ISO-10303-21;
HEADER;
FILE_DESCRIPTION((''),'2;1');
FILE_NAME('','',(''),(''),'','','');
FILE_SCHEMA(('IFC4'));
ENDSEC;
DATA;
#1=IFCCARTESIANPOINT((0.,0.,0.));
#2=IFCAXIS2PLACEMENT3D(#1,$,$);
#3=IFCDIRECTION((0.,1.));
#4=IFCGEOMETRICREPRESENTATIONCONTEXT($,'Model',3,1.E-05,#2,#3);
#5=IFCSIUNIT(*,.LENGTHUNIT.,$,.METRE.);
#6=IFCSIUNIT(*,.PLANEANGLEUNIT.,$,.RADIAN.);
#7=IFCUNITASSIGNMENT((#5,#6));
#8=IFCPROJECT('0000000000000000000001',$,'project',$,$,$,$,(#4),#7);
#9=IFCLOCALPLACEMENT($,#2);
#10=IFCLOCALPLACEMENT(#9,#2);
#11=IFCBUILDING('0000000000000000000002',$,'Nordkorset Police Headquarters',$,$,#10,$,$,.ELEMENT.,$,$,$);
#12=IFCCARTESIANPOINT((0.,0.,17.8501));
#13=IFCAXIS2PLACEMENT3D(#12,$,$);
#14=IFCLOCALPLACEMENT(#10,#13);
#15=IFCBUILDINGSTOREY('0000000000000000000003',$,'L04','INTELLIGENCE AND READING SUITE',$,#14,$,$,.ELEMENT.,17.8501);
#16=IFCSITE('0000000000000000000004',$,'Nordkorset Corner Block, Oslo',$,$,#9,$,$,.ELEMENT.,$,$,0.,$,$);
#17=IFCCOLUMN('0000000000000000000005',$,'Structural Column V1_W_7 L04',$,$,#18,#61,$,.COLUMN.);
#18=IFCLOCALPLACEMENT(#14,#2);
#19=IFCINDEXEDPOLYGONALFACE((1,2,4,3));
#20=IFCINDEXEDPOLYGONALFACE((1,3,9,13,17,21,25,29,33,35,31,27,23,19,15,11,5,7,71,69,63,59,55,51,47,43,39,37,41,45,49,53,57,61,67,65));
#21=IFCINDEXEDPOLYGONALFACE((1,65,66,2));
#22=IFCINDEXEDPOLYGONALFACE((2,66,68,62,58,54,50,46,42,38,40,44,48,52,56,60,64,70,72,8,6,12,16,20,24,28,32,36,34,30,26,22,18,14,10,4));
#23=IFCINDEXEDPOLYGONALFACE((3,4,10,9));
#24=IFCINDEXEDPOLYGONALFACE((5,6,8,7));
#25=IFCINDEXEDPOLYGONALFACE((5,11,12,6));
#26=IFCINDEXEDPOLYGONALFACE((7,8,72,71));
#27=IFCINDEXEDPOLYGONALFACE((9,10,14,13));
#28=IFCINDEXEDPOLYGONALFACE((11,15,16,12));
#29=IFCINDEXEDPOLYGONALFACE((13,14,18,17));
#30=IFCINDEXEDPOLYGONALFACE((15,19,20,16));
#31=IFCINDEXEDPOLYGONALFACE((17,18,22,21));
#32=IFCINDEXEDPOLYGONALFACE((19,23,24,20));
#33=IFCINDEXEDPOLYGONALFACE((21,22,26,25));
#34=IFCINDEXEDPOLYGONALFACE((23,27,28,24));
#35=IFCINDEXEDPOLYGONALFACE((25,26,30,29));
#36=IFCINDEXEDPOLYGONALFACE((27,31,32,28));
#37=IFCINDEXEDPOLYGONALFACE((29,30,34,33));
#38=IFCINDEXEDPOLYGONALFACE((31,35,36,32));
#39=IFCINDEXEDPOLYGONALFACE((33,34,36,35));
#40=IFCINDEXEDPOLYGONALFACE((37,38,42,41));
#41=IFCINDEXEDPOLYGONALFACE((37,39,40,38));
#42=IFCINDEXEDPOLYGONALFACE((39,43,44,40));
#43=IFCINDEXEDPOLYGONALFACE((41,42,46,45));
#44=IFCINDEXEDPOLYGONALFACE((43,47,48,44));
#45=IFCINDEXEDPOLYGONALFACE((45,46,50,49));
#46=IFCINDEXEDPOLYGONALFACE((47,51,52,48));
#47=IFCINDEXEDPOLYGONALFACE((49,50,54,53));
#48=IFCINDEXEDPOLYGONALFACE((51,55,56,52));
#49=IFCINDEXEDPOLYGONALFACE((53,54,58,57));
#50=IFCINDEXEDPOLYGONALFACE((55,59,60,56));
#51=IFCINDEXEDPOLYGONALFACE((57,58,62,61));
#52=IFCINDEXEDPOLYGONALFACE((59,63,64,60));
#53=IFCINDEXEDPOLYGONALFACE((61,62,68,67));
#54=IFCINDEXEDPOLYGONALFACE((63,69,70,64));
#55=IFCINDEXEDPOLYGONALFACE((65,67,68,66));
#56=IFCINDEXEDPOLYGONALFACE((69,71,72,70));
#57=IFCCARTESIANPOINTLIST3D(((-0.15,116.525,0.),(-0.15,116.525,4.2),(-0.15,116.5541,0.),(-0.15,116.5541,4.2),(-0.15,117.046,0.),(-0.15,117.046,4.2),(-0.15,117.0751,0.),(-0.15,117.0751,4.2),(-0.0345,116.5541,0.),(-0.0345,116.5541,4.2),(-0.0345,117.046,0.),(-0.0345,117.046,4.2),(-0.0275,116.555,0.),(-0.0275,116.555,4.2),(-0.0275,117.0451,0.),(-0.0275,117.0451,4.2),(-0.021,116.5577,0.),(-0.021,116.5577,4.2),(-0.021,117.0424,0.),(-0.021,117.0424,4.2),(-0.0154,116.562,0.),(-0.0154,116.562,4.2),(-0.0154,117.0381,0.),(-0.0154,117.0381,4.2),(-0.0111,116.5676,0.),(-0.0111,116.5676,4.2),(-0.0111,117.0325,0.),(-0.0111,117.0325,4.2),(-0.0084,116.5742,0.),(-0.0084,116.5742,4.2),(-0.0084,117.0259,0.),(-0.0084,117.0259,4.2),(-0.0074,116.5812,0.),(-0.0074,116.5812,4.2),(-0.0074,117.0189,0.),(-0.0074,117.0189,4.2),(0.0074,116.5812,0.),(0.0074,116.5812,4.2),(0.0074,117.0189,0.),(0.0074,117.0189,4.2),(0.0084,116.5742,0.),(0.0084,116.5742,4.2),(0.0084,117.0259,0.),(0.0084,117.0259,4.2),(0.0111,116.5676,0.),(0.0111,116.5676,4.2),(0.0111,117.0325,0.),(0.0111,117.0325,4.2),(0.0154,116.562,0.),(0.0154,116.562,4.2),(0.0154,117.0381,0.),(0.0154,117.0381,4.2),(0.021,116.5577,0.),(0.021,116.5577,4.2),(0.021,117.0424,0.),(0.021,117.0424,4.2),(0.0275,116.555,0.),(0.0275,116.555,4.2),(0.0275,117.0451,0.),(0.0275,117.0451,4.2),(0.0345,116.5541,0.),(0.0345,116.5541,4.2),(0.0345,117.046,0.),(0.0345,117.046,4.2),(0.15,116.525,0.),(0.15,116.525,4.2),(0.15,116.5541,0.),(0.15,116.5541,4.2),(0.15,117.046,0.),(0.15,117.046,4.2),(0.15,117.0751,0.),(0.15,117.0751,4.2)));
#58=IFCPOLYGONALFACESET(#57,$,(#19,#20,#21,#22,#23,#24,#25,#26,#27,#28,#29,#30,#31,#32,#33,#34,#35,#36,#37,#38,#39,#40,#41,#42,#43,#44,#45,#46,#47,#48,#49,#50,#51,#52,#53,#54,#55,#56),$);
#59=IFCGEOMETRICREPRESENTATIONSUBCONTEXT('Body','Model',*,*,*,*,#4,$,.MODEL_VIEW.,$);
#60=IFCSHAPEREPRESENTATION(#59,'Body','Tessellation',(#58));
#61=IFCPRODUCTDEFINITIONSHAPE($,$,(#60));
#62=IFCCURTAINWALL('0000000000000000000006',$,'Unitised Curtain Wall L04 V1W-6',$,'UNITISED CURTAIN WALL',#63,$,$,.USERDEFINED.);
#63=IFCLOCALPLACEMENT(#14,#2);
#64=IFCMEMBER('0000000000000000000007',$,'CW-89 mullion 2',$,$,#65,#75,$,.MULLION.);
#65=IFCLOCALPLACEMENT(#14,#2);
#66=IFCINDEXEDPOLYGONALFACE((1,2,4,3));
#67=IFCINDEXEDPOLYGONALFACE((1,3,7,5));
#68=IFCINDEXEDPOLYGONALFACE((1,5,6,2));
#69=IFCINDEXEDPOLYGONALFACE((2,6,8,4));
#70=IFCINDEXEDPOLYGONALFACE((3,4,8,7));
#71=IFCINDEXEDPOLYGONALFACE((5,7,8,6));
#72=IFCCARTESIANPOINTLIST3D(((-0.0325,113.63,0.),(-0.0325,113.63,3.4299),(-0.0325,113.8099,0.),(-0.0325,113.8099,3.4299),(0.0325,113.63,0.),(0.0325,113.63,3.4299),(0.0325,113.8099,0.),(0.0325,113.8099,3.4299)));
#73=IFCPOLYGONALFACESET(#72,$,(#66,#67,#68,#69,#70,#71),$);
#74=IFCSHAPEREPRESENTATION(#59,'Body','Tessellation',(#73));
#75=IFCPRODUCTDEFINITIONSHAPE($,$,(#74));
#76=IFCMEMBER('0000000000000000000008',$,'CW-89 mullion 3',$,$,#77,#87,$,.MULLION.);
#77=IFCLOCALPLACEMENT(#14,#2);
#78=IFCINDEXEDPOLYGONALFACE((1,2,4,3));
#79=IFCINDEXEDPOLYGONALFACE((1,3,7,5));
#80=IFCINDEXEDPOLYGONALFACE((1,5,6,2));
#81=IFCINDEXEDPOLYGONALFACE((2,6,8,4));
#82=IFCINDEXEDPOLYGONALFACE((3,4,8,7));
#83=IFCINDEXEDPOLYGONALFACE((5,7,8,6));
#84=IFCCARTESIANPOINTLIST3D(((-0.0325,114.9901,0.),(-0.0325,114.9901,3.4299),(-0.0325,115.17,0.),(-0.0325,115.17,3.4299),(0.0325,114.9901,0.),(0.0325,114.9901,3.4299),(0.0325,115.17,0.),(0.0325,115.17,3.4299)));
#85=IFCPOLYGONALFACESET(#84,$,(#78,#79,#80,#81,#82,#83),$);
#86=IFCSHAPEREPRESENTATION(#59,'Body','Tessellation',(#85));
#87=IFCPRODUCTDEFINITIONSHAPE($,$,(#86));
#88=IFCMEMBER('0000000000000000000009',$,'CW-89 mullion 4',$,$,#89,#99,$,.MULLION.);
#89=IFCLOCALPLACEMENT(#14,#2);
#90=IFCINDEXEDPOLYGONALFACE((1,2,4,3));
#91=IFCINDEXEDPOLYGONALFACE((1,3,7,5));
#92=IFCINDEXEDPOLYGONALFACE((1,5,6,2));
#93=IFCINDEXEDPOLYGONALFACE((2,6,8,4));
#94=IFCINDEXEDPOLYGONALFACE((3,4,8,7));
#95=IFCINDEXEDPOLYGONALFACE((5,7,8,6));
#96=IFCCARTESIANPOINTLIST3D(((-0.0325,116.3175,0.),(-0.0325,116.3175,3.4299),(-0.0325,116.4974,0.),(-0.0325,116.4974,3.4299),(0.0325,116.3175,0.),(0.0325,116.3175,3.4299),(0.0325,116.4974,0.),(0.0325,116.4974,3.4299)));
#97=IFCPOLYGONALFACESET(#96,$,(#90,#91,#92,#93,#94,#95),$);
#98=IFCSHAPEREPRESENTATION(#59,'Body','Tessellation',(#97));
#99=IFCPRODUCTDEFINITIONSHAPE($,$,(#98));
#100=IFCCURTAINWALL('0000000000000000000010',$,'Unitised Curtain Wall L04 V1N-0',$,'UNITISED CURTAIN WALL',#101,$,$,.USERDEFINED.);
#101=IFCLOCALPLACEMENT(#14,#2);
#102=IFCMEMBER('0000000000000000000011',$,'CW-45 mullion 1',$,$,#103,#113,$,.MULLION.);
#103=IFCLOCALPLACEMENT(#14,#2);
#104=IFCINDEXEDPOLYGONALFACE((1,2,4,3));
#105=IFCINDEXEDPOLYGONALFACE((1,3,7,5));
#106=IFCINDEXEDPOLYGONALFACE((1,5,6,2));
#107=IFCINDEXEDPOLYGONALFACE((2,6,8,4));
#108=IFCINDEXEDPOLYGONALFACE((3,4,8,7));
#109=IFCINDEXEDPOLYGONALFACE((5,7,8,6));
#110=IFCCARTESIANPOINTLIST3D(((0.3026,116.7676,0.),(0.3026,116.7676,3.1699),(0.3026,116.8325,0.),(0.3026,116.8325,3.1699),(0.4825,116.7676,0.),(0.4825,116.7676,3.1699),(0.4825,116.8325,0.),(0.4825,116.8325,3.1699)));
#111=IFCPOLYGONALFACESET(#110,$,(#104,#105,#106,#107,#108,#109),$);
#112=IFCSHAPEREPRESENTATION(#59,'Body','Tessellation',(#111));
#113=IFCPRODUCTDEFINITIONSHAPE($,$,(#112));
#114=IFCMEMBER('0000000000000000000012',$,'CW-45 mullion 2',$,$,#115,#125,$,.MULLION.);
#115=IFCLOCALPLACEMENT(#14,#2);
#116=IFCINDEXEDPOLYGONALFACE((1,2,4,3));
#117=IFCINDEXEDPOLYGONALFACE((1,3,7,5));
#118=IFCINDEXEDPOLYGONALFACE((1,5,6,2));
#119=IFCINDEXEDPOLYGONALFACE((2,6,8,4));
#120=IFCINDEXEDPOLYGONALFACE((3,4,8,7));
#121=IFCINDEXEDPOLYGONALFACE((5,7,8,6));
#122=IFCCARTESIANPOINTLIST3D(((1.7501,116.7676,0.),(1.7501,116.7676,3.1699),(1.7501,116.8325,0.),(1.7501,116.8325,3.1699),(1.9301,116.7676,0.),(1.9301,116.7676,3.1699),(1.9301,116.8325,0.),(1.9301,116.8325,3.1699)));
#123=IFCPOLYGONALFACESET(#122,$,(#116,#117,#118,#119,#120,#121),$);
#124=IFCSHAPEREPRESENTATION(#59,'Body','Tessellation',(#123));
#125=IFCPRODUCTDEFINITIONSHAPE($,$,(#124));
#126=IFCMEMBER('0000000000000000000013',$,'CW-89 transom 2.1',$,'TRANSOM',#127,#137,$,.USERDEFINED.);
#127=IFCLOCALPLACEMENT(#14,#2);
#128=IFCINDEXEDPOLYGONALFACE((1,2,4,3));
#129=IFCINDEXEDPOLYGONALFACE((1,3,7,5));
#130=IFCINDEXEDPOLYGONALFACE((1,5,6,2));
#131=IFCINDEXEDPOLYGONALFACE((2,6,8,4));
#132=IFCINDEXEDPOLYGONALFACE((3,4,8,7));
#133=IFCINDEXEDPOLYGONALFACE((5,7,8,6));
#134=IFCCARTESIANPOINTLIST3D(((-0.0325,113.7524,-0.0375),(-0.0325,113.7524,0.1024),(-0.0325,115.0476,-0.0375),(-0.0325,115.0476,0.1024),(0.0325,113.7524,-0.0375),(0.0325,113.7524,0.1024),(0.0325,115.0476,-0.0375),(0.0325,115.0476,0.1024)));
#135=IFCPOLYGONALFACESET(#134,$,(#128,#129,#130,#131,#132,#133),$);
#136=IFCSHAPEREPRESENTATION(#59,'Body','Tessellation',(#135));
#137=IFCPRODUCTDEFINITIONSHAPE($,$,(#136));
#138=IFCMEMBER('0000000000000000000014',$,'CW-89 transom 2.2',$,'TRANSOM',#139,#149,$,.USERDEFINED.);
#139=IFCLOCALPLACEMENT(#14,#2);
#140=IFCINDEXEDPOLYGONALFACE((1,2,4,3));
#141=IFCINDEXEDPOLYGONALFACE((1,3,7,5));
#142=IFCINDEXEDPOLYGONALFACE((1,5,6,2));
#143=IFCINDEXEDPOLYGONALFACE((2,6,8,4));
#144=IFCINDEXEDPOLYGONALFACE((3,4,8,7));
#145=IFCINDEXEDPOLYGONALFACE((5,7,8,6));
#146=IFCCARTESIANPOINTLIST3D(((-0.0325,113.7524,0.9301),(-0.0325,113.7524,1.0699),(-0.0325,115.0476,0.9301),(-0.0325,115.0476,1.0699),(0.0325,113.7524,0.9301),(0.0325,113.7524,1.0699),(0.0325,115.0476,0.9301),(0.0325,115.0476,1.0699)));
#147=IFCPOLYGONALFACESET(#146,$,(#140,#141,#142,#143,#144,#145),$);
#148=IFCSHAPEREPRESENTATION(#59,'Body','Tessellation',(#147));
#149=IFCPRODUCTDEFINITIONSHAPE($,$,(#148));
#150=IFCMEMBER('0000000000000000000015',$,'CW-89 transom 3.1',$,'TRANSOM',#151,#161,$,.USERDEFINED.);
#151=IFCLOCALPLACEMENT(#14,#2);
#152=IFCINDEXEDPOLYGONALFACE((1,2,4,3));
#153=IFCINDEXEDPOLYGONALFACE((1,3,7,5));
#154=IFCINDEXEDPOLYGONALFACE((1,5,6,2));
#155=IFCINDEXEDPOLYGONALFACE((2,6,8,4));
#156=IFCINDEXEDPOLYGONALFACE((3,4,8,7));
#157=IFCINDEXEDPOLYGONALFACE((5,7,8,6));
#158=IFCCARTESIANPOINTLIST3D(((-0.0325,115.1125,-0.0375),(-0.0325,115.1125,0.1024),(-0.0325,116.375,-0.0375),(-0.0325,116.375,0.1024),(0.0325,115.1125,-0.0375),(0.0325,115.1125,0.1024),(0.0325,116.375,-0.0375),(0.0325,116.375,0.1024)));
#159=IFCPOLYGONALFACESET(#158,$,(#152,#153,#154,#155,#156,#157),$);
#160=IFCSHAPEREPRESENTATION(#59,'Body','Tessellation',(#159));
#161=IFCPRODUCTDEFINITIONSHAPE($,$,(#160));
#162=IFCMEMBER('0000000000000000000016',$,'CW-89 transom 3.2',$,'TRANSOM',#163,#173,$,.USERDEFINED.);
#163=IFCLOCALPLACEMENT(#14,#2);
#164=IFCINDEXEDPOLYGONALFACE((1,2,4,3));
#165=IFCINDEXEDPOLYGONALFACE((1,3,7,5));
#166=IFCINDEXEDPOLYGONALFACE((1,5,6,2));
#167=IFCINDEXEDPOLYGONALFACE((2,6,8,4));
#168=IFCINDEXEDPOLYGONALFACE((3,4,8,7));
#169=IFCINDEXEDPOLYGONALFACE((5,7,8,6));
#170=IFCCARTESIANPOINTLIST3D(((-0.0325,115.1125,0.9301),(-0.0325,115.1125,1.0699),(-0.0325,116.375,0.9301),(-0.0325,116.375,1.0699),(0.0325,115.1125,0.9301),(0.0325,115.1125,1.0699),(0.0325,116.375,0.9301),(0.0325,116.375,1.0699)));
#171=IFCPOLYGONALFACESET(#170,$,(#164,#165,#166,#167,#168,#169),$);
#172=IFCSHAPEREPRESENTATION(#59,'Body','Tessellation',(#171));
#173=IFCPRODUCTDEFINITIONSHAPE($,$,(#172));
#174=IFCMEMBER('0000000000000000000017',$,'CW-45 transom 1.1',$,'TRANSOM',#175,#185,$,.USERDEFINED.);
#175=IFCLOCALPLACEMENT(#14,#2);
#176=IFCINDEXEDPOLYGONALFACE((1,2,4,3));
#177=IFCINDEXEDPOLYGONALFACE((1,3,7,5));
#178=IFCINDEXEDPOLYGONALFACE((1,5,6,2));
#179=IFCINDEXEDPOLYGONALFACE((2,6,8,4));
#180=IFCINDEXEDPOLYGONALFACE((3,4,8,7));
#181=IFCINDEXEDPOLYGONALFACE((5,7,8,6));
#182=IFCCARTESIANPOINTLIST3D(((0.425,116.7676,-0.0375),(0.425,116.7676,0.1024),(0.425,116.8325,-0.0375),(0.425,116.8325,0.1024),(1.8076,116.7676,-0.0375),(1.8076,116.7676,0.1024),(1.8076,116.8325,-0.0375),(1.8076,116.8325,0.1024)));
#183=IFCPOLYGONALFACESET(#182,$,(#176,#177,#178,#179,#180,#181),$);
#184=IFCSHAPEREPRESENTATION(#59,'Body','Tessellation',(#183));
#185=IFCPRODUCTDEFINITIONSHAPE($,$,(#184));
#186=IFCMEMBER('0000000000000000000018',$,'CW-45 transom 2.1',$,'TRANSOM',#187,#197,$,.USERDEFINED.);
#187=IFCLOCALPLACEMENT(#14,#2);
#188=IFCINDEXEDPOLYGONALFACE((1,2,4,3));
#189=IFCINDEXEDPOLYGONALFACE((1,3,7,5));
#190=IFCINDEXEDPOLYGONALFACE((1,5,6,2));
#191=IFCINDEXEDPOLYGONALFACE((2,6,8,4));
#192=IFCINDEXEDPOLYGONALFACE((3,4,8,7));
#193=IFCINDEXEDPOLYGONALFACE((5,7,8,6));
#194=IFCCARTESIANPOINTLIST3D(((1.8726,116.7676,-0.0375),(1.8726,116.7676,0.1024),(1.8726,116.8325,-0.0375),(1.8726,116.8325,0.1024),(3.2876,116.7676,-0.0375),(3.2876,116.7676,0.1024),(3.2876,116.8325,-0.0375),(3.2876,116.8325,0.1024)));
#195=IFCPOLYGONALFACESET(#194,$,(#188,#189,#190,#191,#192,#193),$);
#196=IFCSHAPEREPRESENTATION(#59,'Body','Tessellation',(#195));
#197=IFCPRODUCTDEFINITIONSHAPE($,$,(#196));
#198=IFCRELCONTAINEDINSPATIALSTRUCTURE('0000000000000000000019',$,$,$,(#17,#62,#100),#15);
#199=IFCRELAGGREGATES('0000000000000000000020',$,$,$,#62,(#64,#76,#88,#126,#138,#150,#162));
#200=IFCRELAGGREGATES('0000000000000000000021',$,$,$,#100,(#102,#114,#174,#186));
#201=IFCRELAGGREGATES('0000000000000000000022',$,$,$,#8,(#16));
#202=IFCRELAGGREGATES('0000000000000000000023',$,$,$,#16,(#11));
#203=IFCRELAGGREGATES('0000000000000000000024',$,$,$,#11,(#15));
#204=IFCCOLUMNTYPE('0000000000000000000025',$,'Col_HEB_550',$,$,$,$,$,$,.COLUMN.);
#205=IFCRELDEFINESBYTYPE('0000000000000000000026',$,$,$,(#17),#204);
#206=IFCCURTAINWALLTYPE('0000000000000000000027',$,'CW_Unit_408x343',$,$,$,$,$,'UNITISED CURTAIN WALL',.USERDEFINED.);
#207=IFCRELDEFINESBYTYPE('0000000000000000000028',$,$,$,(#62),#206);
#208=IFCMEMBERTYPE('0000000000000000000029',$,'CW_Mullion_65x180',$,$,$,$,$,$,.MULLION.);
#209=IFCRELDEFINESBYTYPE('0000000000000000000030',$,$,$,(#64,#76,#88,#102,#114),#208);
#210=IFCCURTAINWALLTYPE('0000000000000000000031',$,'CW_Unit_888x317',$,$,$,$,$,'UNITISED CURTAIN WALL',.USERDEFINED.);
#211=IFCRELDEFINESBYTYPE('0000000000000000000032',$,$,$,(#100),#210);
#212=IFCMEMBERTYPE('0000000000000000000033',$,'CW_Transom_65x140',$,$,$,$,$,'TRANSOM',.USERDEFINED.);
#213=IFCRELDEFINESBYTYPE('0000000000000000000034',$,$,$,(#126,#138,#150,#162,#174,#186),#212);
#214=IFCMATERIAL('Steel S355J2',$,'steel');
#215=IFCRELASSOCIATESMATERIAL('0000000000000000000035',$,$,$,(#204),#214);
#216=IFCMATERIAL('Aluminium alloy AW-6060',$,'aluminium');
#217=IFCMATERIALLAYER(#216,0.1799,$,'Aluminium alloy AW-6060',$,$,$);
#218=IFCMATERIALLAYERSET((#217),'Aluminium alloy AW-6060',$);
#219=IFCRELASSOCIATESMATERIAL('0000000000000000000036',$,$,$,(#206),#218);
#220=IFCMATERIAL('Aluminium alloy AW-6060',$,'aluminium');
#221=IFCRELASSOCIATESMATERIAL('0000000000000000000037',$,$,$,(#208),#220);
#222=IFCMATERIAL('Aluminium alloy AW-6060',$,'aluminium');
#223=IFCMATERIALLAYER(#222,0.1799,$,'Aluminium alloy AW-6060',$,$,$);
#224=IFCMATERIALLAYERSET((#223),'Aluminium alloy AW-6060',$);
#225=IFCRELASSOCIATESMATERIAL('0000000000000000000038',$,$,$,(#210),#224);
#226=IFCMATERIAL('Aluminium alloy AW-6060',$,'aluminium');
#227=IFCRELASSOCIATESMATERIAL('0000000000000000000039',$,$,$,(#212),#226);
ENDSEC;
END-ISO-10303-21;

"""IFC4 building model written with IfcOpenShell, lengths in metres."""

from ifc_helpers import new_model, si_unit, direction, frame, origin, origin_2d, place, context, subcontext, project, spatial, rectangle, i_section, extrude, material, layer, layer_set, material_profile, profile_set, type_object, element, aggregate, save


model = new_model("IFC4")

# Units and contexts
model_context = context("Model", 3, precision=1e-05, world=origin(), true_north=direction((0.0, 1.0)))
body_context = subcontext(model_context, "Body", "Model", "MODEL_VIEW")
ifc_project = project(units=[si_unit("LENGTHUNIT", "METRE"), si_unit("PLANEANGLEUNIT", "RADIAN")], contexts=[model_context])

# Site, building, storey
site_placement = place(None, origin())
site = spatial("IfcSite", under=ifc_project, at=site_placement, Name="Nordkorset Corner Block, Oslo", CompositionType="ELEMENT", RefElevation=0.0)
building_placement = place(site_placement, origin())
building = spatial("IfcBuilding", under=site, at=building_placement, Name="Nordkorset Police Headquarters", CompositionType="ELEMENT")
storey_placement = place(building_placement, frame((0.0, 0.0, 17.8501)))
storey = spatial("IfcBuildingStorey", under=building, at=storey_placement, Name="L04", Description="INTELLIGENCE AND READING SUITE", CompositionType="ELEMENT", Elevation=17.8501)

# Column
ifc_material_1 = material(Name="Steel S355J2", Category="steel")
ifc_material_profile_1 = material_profile(ifc_material_1, i_section(OverallWidth=0.3, OverallDepth=0.55, WebThickness=0.0149, FlangeThickness=0.0291, FilletRadius=0.0271, at=origin_2d()), Name="HEB 550")
ifc_profile_set_1 = profile_set([ifc_material_profile_1], Name="Steel S355J2")
column_type = type_object("IfcColumnType", Name="Col_HEB_550", PredefinedType="COLUMN", material=ifc_profile_set_1)
column_placement = place(storey_placement, frame((0.0, 116.8, 0.0), z_axis=(0.0, 0.0, 1.0), x_axis=(1.0, 0.0, 0.0)))
element("IfcColumn", 1, at=column_placement, inside=storey, type_object=column_type, Name="Structural Column V1_W_7 L04", PredefinedType="COLUMN", context=body_context, shape_type="SweptSolid", body=[
    extrude(i_section(OverallWidth=0.3, OverallDepth=0.55, WebThickness=0.0149, FlangeThickness=0.0291, FilletRadius=0.0271, at=origin_2d()), origin(), (0.0, 0.0, 1.0), 4.2),
])

# Curtain walls, members
ifc_material_2 = material(Name="Aluminium alloy AW-6060", Category="aluminium")
ifc_layer_1 = layer(ifc_material_2, 0.1799, Name="Aluminium alloy AW-6060")
ifc_layer_set_1 = layer_set([ifc_layer_1], Name="Aluminium alloy AW-6060")
curtain_wall_type_1 = type_object("IfcCurtainWallType", Name="CW_Unit_408x343", ElementType="UNITISED CURTAIN WALL", PredefinedType="USERDEFINED", material=ifc_layer_set_1)
curtain_wall_1_placement = place(storey_placement, origin())
curtain_wall_1 = element("IfcCurtainWall", 2, at=curtain_wall_1_placement, inside=storey, type_object=curtain_wall_type_1, Name="Unitised Curtain Wall L04 V1W-6", ObjectType="UNITISED CURTAIN WALL", PredefinedType="USERDEFINED")
ifc_material_3 = material(Name="Aluminium alloy AW-6060", Category="aluminium")
ifc_material_profile_2 = material_profile(ifc_material_3, rectangle(XDim=0.0649, YDim=0.1799, at=origin_2d()), Name="ALU MULL 65x180")
ifc_profile_set_2 = profile_set([ifc_material_profile_2], Name="Aluminium alloy AW-6060")
member_type_1 = type_object("IfcMemberType", Name="CW_Mullion_65x180", PredefinedType="MULLION", material=ifc_profile_set_2)
member_1_placement = place(storey_placement, frame((0.0, 113.72, 0.0), z_axis=(0.0, 0.0, 1.0), x_axis=(-1.0, 0.0, 0.0)))
member_1 = element("IfcMember", 3, at=member_1_placement, type_object=member_type_1, Name="CW-89 mullion 2", PredefinedType="MULLION", context=body_context, shape_type="SweptSolid", body=[
    extrude(rectangle(XDim=0.0649, YDim=0.1799, at=origin_2d()), origin(), (0.0, 0.0, 1.0), 3.4299),
])
member_2_placement = place(storey_placement, frame((0.0, 115.0801, 0.0), z_axis=(0.0, 0.0, 1.0), x_axis=(-1.0, 0.0, 0.0)))
member_2 = element("IfcMember", 4, at=member_2_placement, type_object=member_type_1, Name="CW-89 mullion 3", PredefinedType="MULLION", context=body_context, shape_type="SweptSolid", body=[
    extrude(rectangle(XDim=0.0649, YDim=0.1799, at=origin_2d()), origin(), (0.0, 0.0, 1.0), 3.4299),
])
member_3_placement = place(storey_placement, frame((0.0, 116.4075, 0.0), z_axis=(0.0, 0.0, 1.0), x_axis=(-1.0, 0.0, 0.0)))
member_3 = element("IfcMember", 5, at=member_3_placement, type_object=member_type_1, Name="CW-89 mullion 4", PredefinedType="MULLION", context=body_context, shape_type="SweptSolid", body=[
    extrude(rectangle(XDim=0.0649, YDim=0.1799, at=origin_2d()), origin(), (0.0, 0.0, 1.0), 3.4299),
])
ifc_material_4 = material(Name="Aluminium alloy AW-6060", Category="aluminium")
ifc_layer_2 = layer(ifc_material_4, 0.1799, Name="Aluminium alloy AW-6060")
ifc_layer_set_2 = layer_set([ifc_layer_2], Name="Aluminium alloy AW-6060")
curtain_wall_type_2 = type_object("IfcCurtainWallType", Name="CW_Unit_888x317", ElementType="UNITISED CURTAIN WALL", PredefinedType="USERDEFINED", material=ifc_layer_set_2)
curtain_wall_2_placement = place(storey_placement, origin())
curtain_wall_2 = element("IfcCurtainWall", 6, at=curtain_wall_2_placement, inside=storey, type_object=curtain_wall_type_2, Name="Unitised Curtain Wall L04 V1N-0", ObjectType="UNITISED CURTAIN WALL", PredefinedType="USERDEFINED")
member_4_placement = place(storey_placement, frame((0.3926, 116.8, 0.0), z_axis=(0.0, 0.0, 1.0), x_axis=(0.0, 1.0, 0.0)))
member_4 = element("IfcMember", 7, at=member_4_placement, type_object=member_type_1, Name="CW-45 mullion 1", PredefinedType="MULLION", context=body_context, shape_type="SweptSolid", body=[
    extrude(rectangle(XDim=0.0649, YDim=0.1799, at=origin_2d()), origin(), (0.0, 0.0, 1.0), 3.1699),
])
member_5_placement = place(storey_placement, frame((1.8401, 116.8, 0.0), z_axis=(0.0, 0.0, 1.0), x_axis=(0.0, 1.0, 0.0)))
member_5 = element("IfcMember", 8, at=member_5_placement, type_object=member_type_1, Name="CW-45 mullion 2", PredefinedType="MULLION", context=body_context, shape_type="SweptSolid", body=[
    extrude(rectangle(XDim=0.0649, YDim=0.1799, at=origin_2d()), origin(), (0.0, 0.0, 1.0), 3.1699),
])

# Members
ifc_material_5 = material(Name="Aluminium alloy AW-6060", Category="aluminium")
ifc_material_profile_3 = material_profile(ifc_material_5, rectangle(XDim=0.0649, YDim=0.1399, at=origin_2d()), Name="ALU TRAN 65x140")
ifc_profile_set_3 = profile_set([ifc_material_profile_3], Name="Aluminium alloy AW-6060")
member_type_2 = type_object("IfcMemberType", Name="CW_Transom_65x140", ElementType="TRANSOM", PredefinedType="USERDEFINED", material=ifc_profile_set_3)
member_6_placement = place(storey_placement, frame((0.0, 113.7524, 0.0325), z_axis=(0.0, 1.0, 0.0), x_axis=(-1.0, 0.0, 0.0)))
member_6 = element("IfcMember", 9, at=member_6_placement, type_object=member_type_2, Name="CW-89 transom 2.1", ObjectType="TRANSOM", PredefinedType="USERDEFINED", context=body_context, shape_type="SweptSolid", body=[
    extrude(rectangle(XDim=0.0649, YDim=0.1399, at=origin_2d()), origin(), (0.0, 0.0, 1.0), 1.2952),
])
member_7_placement = place(storey_placement, frame((0.0, 113.7524, 1.0), z_axis=(0.0, 1.0, 0.0), x_axis=(-1.0, 0.0, 0.0)))
member_7 = element("IfcMember", 10, at=member_7_placement, type_object=member_type_2, Name="CW-89 transom 2.2", ObjectType="TRANSOM", PredefinedType="USERDEFINED", context=body_context, shape_type="SweptSolid", body=[
    extrude(rectangle(XDim=0.0649, YDim=0.1399, at=origin_2d()), origin(), (0.0, 0.0, 1.0), 1.2952),
])
member_8_placement = place(storey_placement, frame((0.0, 115.1125, 0.0325), z_axis=(0.0, 1.0, 0.0), x_axis=(-1.0, 0.0, 0.0)))
member_8 = element("IfcMember", 11, at=member_8_placement, type_object=member_type_2, Name="CW-89 transom 3.1", ObjectType="TRANSOM", PredefinedType="USERDEFINED", context=body_context, shape_type="SweptSolid", body=[
    extrude(rectangle(XDim=0.0649, YDim=0.1399, at=origin_2d()), origin(), (0.0, 0.0, 1.0), 1.2625),
])
member_9_placement = place(storey_placement, frame((0.0, 115.1125, 1.0), z_axis=(0.0, 1.0, 0.0), x_axis=(-1.0, 0.0, 0.0)))
member_9 = element("IfcMember", 12, at=member_9_placement, type_object=member_type_2, Name="CW-89 transom 3.2", ObjectType="TRANSOM", PredefinedType="USERDEFINED", context=body_context, shape_type="SweptSolid", body=[
    extrude(rectangle(XDim=0.0649, YDim=0.1399, at=origin_2d()), origin(), (0.0, 0.0, 1.0), 1.2625),
])
member_10_placement = place(storey_placement, frame((0.425, 116.8, 0.0325), z_axis=(1.0, 0.0, 0.0), x_axis=(0.0, 1.0, 0.0)))
member_10 = element("IfcMember", 13, at=member_10_placement, type_object=member_type_2, Name="CW-45 transom 1.1", ObjectType="TRANSOM", PredefinedType="USERDEFINED", context=body_context, shape_type="SweptSolid", body=[
    extrude(rectangle(XDim=0.0649, YDim=0.1399, at=origin_2d()), origin(), (0.0, 0.0, 1.0), 1.3826),
])
member_11_placement = place(storey_placement, frame((1.8726, 116.8, 0.0325), z_axis=(1.0, 0.0, 0.0), x_axis=(0.0, 1.0, 0.0)))
member_11 = element("IfcMember", 14, at=member_11_placement, type_object=member_type_2, Name="CW-45 transom 2.1", ObjectType="TRANSOM", PredefinedType="USERDEFINED", context=body_context, shape_type="SweptSolid", body=[
    extrude(rectangle(XDim=0.0649, YDim=0.1399, at=origin_2d()), origin(), (0.0, 0.0, 1.0), 1.415),
])

aggregate(curtain_wall_1, [member_1, member_2, member_3, member_6, member_7, member_8, member_9])
aggregate(curtain_wall_2, [member_4, member_5, member_10, member_11])

save(model, "model.ifc")
